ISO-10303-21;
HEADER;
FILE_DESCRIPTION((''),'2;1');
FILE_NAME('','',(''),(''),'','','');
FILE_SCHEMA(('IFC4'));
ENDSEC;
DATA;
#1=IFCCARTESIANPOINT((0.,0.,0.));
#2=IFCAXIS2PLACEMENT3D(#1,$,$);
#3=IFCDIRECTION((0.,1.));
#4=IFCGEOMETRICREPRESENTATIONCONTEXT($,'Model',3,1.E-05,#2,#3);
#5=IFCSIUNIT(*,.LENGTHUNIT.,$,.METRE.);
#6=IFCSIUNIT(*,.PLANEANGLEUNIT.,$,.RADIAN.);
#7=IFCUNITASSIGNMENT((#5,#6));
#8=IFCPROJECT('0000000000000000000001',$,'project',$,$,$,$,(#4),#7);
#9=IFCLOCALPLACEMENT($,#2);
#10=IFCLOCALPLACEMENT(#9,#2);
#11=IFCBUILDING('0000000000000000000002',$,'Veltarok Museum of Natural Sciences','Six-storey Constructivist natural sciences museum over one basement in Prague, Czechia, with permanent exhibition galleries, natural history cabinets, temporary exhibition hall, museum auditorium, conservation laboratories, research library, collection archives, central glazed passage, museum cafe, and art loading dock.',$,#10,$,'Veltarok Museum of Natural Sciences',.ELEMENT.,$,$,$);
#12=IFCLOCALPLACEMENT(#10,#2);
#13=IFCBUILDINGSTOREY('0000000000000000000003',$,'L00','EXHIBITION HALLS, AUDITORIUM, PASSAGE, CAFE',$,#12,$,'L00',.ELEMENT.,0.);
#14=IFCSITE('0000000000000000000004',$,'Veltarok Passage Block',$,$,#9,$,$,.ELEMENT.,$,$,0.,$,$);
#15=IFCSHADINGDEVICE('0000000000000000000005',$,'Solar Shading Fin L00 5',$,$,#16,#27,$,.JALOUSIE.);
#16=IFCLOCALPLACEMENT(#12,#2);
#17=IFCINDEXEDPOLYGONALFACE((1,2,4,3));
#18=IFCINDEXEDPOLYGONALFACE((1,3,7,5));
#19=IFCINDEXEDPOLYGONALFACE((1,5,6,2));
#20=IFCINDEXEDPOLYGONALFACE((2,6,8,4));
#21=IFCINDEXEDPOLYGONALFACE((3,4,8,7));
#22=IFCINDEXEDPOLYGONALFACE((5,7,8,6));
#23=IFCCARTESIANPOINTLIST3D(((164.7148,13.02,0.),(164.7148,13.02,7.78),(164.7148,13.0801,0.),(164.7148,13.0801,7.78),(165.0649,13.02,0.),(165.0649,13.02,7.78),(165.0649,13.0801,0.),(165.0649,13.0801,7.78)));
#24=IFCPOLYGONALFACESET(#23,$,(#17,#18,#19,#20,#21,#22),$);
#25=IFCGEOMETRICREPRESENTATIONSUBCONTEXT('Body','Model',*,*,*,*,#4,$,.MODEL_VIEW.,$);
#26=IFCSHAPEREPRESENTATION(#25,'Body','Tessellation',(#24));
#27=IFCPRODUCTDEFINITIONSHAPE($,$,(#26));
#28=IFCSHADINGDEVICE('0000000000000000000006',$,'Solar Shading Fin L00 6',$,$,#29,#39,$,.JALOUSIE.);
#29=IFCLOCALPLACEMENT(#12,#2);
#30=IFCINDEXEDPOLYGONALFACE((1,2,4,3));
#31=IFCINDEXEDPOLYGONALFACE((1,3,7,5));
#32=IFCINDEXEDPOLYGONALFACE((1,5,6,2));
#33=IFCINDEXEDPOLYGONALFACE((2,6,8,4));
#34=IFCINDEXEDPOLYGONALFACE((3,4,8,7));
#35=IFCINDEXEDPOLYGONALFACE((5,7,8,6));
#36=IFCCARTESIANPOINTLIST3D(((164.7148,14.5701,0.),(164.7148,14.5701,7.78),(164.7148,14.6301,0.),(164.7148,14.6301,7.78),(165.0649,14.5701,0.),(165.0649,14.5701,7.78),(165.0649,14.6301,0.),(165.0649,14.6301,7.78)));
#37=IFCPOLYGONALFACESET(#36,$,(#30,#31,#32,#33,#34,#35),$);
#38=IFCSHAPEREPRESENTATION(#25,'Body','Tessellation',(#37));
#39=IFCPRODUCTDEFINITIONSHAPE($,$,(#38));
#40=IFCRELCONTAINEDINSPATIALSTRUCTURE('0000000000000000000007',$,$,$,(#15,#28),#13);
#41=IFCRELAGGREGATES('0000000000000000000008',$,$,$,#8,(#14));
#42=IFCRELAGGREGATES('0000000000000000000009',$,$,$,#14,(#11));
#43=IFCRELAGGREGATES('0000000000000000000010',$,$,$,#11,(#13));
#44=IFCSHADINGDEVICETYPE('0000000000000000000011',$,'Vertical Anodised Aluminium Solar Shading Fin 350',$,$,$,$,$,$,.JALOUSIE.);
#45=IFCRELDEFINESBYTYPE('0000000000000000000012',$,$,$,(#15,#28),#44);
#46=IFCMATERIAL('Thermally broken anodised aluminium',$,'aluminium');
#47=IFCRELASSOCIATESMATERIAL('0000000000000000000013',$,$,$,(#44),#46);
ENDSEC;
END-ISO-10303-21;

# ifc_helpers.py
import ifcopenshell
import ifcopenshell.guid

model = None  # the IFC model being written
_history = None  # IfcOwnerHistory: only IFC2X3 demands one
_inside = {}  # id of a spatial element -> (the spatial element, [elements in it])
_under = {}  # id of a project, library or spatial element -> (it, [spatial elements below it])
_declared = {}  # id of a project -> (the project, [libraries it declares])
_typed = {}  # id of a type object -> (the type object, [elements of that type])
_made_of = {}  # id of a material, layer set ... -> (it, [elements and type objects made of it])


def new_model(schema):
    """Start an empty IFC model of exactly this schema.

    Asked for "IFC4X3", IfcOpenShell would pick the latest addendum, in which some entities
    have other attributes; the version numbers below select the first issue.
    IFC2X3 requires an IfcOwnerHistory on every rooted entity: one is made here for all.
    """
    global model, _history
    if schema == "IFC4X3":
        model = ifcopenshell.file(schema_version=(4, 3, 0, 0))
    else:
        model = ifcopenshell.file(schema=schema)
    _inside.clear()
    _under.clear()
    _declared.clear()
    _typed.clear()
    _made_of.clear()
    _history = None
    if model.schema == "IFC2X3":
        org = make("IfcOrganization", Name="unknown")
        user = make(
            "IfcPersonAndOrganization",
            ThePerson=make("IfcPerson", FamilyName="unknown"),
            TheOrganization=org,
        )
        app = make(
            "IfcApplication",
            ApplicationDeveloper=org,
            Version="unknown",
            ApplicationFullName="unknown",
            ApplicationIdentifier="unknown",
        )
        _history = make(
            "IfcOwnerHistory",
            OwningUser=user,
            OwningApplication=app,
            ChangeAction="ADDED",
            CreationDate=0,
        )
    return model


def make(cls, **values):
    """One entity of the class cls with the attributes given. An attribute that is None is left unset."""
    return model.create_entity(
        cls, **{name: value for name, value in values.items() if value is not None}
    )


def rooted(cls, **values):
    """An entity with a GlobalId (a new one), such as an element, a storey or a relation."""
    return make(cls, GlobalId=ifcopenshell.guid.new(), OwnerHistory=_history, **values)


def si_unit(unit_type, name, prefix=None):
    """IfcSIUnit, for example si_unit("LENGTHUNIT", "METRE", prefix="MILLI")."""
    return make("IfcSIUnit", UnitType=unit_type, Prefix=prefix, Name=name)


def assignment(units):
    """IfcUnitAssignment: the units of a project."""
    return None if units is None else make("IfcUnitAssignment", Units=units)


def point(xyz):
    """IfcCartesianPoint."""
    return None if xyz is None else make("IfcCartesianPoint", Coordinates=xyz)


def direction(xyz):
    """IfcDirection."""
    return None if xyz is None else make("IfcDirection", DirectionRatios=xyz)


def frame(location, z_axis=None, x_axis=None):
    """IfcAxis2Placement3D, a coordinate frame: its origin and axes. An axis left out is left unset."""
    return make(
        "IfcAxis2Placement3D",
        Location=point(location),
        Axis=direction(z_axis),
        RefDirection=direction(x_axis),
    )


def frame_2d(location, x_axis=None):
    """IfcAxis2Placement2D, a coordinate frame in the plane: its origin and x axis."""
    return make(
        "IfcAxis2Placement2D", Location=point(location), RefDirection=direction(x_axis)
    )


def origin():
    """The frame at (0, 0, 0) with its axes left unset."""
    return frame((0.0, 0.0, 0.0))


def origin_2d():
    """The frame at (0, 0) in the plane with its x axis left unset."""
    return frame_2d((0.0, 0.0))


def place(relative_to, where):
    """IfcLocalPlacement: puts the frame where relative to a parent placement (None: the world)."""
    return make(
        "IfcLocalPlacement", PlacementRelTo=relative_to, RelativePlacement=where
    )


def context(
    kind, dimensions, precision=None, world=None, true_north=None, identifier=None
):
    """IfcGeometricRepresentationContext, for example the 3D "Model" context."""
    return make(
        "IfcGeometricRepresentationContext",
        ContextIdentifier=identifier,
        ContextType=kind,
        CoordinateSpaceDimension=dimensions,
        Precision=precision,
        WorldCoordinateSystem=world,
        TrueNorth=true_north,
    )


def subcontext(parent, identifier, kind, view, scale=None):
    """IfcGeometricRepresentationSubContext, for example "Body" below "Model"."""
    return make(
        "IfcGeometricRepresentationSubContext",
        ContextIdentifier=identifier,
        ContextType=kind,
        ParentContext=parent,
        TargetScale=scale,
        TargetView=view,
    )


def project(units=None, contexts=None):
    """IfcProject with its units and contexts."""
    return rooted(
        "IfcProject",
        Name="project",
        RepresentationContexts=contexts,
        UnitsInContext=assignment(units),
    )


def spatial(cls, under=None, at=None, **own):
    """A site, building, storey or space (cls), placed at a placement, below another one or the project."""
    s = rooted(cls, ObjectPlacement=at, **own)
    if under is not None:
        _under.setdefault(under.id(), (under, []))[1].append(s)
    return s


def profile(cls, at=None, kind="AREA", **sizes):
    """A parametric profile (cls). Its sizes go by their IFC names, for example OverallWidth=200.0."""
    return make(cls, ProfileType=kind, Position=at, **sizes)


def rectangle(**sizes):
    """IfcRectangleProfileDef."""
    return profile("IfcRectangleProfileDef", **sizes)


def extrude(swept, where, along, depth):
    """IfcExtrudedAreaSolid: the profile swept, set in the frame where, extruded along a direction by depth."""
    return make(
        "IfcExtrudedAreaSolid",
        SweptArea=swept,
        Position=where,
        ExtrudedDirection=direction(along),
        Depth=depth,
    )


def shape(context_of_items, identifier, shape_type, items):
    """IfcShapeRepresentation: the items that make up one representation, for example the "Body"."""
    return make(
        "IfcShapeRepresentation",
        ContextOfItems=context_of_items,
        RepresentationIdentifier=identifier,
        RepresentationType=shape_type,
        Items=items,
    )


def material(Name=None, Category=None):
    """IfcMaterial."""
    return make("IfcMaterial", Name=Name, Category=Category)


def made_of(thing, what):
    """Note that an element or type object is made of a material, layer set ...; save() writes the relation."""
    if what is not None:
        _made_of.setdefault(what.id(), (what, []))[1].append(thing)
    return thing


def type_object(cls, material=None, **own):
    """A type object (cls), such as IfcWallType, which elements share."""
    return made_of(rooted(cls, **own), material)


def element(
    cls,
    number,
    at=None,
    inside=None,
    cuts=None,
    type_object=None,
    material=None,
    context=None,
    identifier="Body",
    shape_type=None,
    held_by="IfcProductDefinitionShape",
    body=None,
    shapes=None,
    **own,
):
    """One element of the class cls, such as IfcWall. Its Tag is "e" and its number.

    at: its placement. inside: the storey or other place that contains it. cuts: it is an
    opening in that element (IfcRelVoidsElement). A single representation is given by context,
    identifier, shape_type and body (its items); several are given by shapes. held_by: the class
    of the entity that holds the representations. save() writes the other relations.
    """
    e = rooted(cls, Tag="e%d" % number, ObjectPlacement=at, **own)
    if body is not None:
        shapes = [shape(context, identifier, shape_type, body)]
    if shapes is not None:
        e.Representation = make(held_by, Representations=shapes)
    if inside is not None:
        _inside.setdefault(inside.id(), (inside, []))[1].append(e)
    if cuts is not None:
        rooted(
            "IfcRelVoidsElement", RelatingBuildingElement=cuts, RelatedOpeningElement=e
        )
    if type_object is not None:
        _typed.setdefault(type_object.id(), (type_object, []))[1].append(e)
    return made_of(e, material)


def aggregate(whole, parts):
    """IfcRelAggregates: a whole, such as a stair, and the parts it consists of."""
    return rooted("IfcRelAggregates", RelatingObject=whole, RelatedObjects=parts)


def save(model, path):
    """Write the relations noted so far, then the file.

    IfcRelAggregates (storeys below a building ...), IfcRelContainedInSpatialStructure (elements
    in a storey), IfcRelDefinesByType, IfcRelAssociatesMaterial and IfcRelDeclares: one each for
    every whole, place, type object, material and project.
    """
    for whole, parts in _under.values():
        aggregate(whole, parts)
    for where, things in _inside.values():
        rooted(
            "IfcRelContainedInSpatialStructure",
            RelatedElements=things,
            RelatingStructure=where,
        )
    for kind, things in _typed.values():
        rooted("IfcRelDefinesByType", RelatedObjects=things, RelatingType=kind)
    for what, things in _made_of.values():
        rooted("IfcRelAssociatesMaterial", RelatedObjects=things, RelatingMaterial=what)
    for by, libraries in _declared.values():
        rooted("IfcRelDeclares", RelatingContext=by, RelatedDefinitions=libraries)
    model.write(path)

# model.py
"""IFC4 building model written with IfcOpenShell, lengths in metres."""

from ifc_helpers import new_model, si_unit, direction, frame, origin, origin_2d, place, context, subcontext, project, spatial, rectangle, extrude, material, type_object, element, save


model = new_model("IFC4")

# Units and contexts
model_context = context("Model", 3, precision=1e-05, world=origin(), true_north=direction((0.0, 1.0)))
body_context = subcontext(model_context, "Body", "Model", "MODEL_VIEW")
ifc_project = project(units=[si_unit("LENGTHUNIT", "METRE"), si_unit("PLANEANGLEUNIT", "RADIAN")], contexts=[model_context])

# Site, building, storey
site_placement = place(None, origin())
site = spatial("IfcSite", under=ifc_project, at=site_placement, Name="Veltarok Passage Block", CompositionType="ELEMENT", RefElevation=0.0)
building_placement = place(site_placement, origin())
building = spatial("IfcBuilding", under=site, at=building_placement, Name="Veltarok Museum of Natural Sciences", Description="Six-storey Constructivist natural sciences museum over one basement in Prague, Czechia, with permanent exhibition galleries, natural history cabinets, temporary exhibition hall, museum auditorium, conservation laboratories, research library, collection archives, central glazed passage, museum cafe, and art loading dock.", LongName="Veltarok Museum of Natural Sciences", CompositionType="ELEMENT")
storey_placement = place(building_placement, origin())
storey = spatial("IfcBuildingStorey", under=building, at=storey_placement, Name="L00", Description="EXHIBITION HALLS, AUDITORIUM, PASSAGE, CAFE", LongName="L00", CompositionType="ELEMENT", Elevation=0.0)

# Shared definitions
ifc_material_1 = material(Name="Thermally broken anodised aluminium", Category="aluminium")

# Shading devices
shading_device_type = type_object("IfcShadingDeviceType", Name="Vertical Anodised Aluminium Solar Shading Fin 350", PredefinedType="JALOUSIE", material=ifc_material_1)
for number, where, z_axis, x_axis, name in (
    (1, (164.8899, 13.05, 0.0), (0.0, 0.0, 1.0), (1.0, 0.0, 0.0), "Solar Shading Fin L00 5"),
    (2, (164.8899, 14.6001, 0.0), (0.0, 0.0, 1.0), (1.0, 0.0, 0.0), "Solar Shading Fin L00 6"),
):
    element("IfcShadingDevice", number, at=place(storey_placement, frame(where, z_axis=z_axis, x_axis=x_axis)), inside=storey, type_object=shading_device_type, Name=name, PredefinedType="JALOUSIE", context=body_context, shape_type="SweptSolid", body=[
        extrude(rectangle(XDim=0.3501, YDim=0.0601, at=origin_2d()), origin(), (0.0, 0.0, 1.0), 7.78),
    ])

save(model, "model.ifc")
